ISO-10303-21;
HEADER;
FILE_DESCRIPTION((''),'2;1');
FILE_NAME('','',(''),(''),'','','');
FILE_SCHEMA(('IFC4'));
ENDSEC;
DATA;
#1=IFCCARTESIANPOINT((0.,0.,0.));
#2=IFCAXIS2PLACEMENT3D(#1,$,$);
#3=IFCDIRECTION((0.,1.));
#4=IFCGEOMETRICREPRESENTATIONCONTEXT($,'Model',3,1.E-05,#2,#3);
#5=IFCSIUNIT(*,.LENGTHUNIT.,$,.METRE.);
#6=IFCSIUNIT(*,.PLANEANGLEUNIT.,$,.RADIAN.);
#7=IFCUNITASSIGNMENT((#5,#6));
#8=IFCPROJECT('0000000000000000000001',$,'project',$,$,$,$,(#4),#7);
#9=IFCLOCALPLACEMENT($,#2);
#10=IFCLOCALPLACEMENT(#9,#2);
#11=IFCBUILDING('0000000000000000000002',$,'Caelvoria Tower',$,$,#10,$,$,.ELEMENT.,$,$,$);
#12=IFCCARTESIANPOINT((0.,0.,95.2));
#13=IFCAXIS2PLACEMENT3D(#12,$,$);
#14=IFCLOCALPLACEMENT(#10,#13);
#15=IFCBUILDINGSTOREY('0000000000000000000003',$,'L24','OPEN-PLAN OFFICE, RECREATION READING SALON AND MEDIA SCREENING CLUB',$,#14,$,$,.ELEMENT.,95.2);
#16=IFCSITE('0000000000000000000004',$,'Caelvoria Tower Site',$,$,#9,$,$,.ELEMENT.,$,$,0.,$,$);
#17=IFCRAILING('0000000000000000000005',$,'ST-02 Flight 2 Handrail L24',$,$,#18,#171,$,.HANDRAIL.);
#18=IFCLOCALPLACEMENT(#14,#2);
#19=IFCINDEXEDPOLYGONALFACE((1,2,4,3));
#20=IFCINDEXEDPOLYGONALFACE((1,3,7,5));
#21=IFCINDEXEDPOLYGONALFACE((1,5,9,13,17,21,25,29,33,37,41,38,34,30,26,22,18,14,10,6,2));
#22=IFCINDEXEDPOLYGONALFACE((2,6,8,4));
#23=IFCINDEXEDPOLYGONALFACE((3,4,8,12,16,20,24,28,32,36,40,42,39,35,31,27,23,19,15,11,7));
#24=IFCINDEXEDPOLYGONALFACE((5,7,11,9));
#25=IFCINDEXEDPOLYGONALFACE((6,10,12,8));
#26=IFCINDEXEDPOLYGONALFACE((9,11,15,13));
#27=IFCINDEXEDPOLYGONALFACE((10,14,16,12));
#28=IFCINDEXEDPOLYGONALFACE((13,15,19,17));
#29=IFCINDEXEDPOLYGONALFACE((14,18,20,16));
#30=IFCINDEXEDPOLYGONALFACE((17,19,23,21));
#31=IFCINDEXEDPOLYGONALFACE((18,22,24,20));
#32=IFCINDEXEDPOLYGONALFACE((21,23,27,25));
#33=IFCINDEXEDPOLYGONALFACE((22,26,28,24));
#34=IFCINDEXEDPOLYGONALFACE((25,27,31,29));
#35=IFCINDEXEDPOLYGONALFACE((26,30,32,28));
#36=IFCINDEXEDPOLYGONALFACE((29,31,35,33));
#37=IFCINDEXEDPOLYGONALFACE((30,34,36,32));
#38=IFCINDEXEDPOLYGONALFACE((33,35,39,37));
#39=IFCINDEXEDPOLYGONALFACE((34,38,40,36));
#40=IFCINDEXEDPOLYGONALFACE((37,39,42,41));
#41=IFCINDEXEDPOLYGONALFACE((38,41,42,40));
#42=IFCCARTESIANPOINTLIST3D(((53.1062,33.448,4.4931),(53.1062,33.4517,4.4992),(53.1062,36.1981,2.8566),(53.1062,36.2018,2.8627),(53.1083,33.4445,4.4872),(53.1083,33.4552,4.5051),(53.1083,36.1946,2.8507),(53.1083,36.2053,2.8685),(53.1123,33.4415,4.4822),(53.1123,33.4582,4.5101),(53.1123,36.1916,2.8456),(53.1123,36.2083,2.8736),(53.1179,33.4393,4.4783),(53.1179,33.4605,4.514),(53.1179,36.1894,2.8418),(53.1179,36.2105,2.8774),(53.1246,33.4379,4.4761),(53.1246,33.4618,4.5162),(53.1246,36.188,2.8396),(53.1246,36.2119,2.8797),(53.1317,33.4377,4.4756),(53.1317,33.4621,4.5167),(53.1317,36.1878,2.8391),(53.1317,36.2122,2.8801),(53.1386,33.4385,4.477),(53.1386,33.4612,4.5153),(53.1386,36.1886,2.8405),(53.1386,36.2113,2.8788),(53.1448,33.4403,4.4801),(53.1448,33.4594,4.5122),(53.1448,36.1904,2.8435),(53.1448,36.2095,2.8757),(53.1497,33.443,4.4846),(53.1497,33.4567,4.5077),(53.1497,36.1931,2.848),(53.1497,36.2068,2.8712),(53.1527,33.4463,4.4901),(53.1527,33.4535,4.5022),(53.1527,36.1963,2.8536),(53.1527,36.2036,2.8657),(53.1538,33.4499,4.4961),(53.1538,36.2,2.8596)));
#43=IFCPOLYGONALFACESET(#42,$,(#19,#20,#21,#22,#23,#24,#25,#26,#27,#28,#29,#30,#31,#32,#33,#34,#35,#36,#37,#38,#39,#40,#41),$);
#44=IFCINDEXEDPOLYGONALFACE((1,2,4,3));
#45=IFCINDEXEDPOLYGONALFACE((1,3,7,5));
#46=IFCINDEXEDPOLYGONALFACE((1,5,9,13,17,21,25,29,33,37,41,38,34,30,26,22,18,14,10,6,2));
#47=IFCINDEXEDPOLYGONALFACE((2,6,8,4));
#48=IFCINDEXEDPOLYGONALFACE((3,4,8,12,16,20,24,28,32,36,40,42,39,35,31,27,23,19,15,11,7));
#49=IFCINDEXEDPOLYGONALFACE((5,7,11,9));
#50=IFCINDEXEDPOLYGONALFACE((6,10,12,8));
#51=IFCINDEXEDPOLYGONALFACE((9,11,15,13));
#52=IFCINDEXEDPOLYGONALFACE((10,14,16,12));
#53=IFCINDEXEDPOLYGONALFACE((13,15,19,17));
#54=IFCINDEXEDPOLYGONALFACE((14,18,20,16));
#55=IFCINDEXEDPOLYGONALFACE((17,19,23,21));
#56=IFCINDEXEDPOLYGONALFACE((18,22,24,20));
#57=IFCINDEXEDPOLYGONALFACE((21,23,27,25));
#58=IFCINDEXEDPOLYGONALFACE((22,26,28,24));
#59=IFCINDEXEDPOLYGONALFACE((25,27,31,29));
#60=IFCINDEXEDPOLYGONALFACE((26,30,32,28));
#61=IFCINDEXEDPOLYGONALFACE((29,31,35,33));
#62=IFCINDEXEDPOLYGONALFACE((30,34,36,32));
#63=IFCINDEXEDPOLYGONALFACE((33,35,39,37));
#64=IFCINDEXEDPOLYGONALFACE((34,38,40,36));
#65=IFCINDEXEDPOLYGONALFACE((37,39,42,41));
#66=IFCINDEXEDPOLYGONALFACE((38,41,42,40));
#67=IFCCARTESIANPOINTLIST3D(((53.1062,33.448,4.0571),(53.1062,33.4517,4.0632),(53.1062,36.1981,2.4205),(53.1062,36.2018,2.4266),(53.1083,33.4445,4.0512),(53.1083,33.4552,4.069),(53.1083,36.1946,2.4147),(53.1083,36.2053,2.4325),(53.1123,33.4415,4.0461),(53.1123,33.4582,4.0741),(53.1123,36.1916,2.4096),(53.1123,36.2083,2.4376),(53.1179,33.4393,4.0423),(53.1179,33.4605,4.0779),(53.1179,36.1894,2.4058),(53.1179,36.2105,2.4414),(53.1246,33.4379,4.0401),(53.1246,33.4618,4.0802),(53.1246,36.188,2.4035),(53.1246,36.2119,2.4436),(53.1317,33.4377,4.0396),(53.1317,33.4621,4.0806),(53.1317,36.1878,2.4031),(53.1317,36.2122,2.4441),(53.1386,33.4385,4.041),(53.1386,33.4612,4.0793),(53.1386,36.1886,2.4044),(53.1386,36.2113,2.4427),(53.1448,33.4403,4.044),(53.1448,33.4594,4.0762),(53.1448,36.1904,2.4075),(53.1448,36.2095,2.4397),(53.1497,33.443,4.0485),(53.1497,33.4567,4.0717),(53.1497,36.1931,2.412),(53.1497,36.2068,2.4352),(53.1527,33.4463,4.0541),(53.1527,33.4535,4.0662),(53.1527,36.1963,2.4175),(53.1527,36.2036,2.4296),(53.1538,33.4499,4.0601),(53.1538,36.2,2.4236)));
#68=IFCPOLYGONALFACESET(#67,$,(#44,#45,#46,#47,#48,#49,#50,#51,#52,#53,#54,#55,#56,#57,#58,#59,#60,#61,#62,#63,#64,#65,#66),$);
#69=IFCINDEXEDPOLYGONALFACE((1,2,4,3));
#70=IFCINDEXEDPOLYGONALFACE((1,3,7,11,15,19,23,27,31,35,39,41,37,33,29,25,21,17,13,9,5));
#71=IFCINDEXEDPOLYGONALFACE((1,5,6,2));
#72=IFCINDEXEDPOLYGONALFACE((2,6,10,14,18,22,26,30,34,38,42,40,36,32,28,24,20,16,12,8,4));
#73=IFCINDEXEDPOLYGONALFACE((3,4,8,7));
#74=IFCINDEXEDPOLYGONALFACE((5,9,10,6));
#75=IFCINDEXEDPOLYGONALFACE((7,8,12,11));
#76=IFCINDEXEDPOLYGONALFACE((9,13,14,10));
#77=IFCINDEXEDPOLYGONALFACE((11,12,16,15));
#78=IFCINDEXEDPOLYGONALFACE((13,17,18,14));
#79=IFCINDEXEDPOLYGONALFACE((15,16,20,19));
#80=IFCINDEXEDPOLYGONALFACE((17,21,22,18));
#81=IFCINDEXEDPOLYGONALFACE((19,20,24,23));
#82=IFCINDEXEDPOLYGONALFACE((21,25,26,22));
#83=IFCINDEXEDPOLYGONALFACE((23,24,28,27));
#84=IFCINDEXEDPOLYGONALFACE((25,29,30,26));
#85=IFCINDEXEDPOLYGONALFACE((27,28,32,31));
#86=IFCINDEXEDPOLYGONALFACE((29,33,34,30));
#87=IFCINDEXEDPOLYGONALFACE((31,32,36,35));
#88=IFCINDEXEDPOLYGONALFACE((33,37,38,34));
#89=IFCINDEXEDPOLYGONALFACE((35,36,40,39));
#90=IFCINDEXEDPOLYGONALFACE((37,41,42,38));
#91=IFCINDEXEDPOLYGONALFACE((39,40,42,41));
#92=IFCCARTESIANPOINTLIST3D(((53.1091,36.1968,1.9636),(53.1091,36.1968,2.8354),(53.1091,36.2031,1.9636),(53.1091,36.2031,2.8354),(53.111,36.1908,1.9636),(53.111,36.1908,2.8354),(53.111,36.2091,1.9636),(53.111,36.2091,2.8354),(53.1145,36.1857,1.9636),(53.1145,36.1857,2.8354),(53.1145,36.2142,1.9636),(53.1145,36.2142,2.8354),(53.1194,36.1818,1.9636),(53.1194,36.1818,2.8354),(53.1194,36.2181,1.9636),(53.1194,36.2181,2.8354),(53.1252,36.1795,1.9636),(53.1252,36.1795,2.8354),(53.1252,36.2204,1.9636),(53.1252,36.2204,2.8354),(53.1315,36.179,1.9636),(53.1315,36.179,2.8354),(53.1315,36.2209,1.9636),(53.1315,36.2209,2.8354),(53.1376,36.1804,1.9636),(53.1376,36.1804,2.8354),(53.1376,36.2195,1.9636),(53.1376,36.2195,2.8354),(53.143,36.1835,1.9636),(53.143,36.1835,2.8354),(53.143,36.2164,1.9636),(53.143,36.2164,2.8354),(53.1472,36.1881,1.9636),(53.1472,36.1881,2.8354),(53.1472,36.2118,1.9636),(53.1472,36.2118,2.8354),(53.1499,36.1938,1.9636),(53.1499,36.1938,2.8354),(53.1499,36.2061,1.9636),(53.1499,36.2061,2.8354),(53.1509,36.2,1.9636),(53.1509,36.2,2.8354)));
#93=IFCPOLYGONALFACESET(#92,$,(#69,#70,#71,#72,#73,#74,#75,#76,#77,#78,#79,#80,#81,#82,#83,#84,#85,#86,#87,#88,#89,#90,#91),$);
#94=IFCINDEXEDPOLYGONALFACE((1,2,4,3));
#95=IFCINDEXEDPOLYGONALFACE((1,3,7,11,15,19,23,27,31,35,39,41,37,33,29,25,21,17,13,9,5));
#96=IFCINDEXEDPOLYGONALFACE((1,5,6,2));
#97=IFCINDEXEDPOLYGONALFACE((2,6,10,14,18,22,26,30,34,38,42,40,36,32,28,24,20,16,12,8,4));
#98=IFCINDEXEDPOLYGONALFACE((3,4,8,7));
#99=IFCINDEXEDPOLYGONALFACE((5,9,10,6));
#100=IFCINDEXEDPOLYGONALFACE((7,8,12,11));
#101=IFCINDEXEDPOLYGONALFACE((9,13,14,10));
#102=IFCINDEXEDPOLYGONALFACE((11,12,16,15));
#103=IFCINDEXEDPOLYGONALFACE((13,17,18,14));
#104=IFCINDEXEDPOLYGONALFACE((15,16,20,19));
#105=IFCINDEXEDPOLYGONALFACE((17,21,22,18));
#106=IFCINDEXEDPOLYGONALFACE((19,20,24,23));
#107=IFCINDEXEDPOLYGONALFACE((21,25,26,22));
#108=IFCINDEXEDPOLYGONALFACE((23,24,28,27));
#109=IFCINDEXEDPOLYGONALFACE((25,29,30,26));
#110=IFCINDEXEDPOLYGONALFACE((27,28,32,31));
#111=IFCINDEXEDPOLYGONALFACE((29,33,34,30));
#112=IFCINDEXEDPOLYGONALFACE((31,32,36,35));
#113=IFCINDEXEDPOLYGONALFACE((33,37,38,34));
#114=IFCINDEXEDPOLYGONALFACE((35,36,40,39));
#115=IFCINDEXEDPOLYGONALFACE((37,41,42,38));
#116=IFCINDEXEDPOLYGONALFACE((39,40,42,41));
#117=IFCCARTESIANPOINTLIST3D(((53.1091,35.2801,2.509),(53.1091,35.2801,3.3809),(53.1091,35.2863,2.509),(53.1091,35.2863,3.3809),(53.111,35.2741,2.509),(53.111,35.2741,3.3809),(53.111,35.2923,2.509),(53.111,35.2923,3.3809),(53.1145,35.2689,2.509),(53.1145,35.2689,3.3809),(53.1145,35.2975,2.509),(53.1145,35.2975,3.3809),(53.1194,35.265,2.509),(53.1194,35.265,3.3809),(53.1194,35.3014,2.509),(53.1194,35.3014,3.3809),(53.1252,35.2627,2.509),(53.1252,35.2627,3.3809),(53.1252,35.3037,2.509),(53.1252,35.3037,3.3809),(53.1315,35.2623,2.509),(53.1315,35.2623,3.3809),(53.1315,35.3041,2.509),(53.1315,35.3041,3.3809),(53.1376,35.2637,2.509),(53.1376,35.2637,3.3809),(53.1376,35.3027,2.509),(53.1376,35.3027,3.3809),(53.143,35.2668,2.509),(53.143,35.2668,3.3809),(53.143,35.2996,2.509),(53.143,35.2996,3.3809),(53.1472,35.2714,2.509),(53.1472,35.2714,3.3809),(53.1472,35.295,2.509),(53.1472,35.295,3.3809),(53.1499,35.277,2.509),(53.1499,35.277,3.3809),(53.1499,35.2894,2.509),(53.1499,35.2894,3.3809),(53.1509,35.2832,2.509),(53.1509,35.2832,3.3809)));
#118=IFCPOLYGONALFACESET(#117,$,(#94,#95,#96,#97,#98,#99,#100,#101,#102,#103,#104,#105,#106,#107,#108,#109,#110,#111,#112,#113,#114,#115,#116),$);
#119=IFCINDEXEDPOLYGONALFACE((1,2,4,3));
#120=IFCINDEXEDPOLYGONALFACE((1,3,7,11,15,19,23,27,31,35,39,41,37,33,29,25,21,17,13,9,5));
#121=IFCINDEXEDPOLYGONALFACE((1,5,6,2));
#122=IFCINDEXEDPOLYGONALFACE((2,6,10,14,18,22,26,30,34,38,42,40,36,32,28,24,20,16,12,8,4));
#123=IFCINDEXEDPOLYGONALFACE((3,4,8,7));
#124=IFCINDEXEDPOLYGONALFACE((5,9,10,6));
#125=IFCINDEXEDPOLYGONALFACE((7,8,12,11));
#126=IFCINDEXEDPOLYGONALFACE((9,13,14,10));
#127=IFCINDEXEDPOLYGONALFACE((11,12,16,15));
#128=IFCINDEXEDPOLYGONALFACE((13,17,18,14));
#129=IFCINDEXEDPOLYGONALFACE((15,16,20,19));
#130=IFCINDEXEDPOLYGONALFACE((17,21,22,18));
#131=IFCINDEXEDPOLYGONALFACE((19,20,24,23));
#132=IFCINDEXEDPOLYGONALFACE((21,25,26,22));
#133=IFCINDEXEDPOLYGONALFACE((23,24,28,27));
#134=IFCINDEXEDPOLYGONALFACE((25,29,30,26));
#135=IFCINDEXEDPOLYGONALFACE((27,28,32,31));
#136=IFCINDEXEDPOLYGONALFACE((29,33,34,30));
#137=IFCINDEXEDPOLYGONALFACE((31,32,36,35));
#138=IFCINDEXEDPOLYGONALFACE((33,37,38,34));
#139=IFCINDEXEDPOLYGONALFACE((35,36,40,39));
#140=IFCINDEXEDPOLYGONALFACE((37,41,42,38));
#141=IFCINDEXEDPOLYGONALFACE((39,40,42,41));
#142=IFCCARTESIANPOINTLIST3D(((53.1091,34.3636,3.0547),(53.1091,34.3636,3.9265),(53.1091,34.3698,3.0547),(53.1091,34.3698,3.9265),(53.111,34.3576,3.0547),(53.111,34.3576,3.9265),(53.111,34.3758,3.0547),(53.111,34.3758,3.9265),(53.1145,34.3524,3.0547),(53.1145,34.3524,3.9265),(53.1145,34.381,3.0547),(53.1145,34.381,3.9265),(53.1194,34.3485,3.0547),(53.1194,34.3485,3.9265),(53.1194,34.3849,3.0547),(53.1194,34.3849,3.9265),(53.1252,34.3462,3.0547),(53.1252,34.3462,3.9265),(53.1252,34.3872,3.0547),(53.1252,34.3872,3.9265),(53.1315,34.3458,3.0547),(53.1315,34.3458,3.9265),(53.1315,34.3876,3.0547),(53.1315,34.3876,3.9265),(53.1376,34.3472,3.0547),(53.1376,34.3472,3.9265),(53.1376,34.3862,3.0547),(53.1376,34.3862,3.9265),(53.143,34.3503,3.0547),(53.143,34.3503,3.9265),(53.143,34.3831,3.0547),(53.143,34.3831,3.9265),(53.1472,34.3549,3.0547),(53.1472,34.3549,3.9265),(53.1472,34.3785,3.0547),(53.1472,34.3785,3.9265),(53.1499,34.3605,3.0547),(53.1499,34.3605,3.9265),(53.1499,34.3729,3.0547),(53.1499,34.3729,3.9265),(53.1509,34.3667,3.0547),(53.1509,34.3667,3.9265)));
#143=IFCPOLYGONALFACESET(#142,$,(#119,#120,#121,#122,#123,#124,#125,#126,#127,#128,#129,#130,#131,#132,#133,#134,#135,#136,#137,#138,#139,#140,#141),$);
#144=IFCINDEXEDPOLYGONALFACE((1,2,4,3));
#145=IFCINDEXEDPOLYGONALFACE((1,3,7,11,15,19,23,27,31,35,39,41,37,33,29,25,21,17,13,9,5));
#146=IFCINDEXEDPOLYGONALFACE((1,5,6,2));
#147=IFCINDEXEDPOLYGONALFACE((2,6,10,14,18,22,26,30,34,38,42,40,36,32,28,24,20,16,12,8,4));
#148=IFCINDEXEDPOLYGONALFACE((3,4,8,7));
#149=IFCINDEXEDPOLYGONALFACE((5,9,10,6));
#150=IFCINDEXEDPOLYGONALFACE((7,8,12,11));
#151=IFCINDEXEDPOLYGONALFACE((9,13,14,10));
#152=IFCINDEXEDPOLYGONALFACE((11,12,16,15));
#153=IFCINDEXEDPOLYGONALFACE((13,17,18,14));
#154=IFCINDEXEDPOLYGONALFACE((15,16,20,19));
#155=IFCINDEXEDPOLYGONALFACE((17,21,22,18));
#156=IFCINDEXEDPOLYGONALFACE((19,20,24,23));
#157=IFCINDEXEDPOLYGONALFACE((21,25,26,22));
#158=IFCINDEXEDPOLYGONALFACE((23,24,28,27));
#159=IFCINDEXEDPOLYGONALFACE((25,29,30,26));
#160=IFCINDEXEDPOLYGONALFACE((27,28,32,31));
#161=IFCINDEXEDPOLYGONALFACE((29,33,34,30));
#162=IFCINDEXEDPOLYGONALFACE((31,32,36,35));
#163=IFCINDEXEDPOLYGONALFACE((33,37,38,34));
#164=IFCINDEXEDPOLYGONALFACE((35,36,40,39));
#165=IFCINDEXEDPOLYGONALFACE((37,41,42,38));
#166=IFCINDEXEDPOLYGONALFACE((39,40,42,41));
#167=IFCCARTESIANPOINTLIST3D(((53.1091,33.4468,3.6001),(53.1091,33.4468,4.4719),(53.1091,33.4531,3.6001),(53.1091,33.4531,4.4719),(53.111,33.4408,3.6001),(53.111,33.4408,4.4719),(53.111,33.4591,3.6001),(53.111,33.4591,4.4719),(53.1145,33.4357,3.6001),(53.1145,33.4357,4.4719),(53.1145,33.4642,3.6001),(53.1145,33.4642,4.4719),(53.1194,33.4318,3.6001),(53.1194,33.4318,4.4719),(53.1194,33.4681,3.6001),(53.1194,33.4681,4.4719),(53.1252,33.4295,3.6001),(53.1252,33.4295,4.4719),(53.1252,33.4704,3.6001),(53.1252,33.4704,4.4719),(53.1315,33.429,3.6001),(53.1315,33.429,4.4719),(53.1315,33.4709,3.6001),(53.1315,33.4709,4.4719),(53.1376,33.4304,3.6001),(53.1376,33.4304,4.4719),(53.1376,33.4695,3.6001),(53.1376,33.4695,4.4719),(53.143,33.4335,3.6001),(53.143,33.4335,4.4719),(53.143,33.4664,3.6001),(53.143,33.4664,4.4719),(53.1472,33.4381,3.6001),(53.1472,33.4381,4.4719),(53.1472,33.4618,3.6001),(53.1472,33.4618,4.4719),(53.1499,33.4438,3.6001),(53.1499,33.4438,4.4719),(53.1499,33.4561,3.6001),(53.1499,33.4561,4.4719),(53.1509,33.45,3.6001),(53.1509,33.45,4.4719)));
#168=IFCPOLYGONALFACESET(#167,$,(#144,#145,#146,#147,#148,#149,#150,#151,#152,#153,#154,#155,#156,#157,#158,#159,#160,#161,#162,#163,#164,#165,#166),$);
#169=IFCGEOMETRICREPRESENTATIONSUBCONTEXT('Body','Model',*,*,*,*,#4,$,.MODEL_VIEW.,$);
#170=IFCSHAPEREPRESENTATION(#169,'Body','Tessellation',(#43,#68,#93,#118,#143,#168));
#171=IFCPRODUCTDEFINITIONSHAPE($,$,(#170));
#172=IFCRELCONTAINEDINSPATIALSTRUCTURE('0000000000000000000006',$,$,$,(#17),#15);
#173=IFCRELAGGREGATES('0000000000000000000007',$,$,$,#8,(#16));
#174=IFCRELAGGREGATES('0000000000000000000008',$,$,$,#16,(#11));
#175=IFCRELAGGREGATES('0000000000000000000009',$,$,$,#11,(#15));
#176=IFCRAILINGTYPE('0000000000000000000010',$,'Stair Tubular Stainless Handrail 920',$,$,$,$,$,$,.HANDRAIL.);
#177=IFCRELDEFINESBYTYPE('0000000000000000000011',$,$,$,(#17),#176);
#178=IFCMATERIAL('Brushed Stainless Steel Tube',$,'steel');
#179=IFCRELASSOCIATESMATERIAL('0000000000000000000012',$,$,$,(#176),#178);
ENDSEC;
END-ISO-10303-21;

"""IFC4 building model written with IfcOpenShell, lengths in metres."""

from ifc_helpers import new_model, si_unit, direction, frame, origin, origin_2d, place, context, subcontext, project, spatial, circle, extrude, material, type_object, element, save


model = new_model("IFC4")

# Units and contexts
model_context = context("Model", 3, precision=1e-05, world=origin(), true_north=direction((0.0, 1.0)))
body_context = subcontext(model_context, "Body", "Model", "MODEL_VIEW")
ifc_project = project(units=[si_unit("LENGTHUNIT", "METRE"), si_unit("PLANEANGLEUNIT", "RADIAN")], contexts=[model_context])

# Site, building, storey
site_placement = place(None, origin())
site = spatial("IfcSite", under=ifc_project, at=site_placement, Name="Caelvoria Tower Site", CompositionType="ELEMENT", RefElevation=0.0)
building_placement = place(site_placement, origin())
building = spatial("IfcBuilding", under=site, at=building_placement, Name="Caelvoria Tower", CompositionType="ELEMENT")
storey_placement = place(building_placement, frame((0.0, 0.0, 95.2)))
storey = spatial("IfcBuildingStorey", under=building, at=storey_placement, Name="L24", Description="OPEN-PLAN OFFICE, RECREATION READING SALON AND MEDIA SCREENING CLUB", CompositionType="ELEMENT", Elevation=95.2)

# Railing
ifc_material_1 = material(Name="Brushed Stainless Steel Tube", Category="steel")
railing_type_1 = type_object("IfcRailingType", Name="Stair Tubular Stainless Handrail 920", PredefinedType="HANDRAIL", material=ifc_material_1)
railing_1_placement = place(storey_placement, frame((53.1299, 36.2, 1.9636)))
element("IfcRailing", 1, at=railing_1_placement, inside=storey, type_object=railing_type_1, Name="ST-02 Flight 2 Handrail L24", PredefinedType="HANDRAIL", context=body_context, shape_type="SweptSolid", body=[
    extrude(circle(Radius=0.0239, at=origin_2d()), frame((0.0, 0.0, 0.896), z_axis=(0.0, -0.859352, 0.511385), x_axis=(1.0, 0.0, 0.0)), (0.0, 0.0, 1.0), 3.2002),
    extrude(circle(Radius=0.0239, at=origin_2d()), frame((0.0, 0.0, 0.46), z_axis=(0.0, -0.859352, 0.511385), x_axis=(1.0, 0.0, 0.0)), (0.0, 0.0, 1.0), 3.2002),
    extrude(circle(Radius=0.021, at=origin_2d()), origin(), (0.0, 0.0, 1.0), 0.8718),
    extrude(circle(Radius=0.021, at=origin_2d()), frame((0.0, -0.9167, 0.5454)), (0.0, 0.0, 1.0), 0.8718),
    extrude(circle(Radius=0.021, at=origin_2d()), frame((0.0, -1.8333, 1.0911)), (0.0, 0.0, 1.0), 0.8718),
    extrude(circle(Radius=0.021, at=origin_2d()), frame((0.0, -2.75, 1.6365)), (0.0, 0.0, 1.0), 0.8718),
])

save(model, "model.ifc")
